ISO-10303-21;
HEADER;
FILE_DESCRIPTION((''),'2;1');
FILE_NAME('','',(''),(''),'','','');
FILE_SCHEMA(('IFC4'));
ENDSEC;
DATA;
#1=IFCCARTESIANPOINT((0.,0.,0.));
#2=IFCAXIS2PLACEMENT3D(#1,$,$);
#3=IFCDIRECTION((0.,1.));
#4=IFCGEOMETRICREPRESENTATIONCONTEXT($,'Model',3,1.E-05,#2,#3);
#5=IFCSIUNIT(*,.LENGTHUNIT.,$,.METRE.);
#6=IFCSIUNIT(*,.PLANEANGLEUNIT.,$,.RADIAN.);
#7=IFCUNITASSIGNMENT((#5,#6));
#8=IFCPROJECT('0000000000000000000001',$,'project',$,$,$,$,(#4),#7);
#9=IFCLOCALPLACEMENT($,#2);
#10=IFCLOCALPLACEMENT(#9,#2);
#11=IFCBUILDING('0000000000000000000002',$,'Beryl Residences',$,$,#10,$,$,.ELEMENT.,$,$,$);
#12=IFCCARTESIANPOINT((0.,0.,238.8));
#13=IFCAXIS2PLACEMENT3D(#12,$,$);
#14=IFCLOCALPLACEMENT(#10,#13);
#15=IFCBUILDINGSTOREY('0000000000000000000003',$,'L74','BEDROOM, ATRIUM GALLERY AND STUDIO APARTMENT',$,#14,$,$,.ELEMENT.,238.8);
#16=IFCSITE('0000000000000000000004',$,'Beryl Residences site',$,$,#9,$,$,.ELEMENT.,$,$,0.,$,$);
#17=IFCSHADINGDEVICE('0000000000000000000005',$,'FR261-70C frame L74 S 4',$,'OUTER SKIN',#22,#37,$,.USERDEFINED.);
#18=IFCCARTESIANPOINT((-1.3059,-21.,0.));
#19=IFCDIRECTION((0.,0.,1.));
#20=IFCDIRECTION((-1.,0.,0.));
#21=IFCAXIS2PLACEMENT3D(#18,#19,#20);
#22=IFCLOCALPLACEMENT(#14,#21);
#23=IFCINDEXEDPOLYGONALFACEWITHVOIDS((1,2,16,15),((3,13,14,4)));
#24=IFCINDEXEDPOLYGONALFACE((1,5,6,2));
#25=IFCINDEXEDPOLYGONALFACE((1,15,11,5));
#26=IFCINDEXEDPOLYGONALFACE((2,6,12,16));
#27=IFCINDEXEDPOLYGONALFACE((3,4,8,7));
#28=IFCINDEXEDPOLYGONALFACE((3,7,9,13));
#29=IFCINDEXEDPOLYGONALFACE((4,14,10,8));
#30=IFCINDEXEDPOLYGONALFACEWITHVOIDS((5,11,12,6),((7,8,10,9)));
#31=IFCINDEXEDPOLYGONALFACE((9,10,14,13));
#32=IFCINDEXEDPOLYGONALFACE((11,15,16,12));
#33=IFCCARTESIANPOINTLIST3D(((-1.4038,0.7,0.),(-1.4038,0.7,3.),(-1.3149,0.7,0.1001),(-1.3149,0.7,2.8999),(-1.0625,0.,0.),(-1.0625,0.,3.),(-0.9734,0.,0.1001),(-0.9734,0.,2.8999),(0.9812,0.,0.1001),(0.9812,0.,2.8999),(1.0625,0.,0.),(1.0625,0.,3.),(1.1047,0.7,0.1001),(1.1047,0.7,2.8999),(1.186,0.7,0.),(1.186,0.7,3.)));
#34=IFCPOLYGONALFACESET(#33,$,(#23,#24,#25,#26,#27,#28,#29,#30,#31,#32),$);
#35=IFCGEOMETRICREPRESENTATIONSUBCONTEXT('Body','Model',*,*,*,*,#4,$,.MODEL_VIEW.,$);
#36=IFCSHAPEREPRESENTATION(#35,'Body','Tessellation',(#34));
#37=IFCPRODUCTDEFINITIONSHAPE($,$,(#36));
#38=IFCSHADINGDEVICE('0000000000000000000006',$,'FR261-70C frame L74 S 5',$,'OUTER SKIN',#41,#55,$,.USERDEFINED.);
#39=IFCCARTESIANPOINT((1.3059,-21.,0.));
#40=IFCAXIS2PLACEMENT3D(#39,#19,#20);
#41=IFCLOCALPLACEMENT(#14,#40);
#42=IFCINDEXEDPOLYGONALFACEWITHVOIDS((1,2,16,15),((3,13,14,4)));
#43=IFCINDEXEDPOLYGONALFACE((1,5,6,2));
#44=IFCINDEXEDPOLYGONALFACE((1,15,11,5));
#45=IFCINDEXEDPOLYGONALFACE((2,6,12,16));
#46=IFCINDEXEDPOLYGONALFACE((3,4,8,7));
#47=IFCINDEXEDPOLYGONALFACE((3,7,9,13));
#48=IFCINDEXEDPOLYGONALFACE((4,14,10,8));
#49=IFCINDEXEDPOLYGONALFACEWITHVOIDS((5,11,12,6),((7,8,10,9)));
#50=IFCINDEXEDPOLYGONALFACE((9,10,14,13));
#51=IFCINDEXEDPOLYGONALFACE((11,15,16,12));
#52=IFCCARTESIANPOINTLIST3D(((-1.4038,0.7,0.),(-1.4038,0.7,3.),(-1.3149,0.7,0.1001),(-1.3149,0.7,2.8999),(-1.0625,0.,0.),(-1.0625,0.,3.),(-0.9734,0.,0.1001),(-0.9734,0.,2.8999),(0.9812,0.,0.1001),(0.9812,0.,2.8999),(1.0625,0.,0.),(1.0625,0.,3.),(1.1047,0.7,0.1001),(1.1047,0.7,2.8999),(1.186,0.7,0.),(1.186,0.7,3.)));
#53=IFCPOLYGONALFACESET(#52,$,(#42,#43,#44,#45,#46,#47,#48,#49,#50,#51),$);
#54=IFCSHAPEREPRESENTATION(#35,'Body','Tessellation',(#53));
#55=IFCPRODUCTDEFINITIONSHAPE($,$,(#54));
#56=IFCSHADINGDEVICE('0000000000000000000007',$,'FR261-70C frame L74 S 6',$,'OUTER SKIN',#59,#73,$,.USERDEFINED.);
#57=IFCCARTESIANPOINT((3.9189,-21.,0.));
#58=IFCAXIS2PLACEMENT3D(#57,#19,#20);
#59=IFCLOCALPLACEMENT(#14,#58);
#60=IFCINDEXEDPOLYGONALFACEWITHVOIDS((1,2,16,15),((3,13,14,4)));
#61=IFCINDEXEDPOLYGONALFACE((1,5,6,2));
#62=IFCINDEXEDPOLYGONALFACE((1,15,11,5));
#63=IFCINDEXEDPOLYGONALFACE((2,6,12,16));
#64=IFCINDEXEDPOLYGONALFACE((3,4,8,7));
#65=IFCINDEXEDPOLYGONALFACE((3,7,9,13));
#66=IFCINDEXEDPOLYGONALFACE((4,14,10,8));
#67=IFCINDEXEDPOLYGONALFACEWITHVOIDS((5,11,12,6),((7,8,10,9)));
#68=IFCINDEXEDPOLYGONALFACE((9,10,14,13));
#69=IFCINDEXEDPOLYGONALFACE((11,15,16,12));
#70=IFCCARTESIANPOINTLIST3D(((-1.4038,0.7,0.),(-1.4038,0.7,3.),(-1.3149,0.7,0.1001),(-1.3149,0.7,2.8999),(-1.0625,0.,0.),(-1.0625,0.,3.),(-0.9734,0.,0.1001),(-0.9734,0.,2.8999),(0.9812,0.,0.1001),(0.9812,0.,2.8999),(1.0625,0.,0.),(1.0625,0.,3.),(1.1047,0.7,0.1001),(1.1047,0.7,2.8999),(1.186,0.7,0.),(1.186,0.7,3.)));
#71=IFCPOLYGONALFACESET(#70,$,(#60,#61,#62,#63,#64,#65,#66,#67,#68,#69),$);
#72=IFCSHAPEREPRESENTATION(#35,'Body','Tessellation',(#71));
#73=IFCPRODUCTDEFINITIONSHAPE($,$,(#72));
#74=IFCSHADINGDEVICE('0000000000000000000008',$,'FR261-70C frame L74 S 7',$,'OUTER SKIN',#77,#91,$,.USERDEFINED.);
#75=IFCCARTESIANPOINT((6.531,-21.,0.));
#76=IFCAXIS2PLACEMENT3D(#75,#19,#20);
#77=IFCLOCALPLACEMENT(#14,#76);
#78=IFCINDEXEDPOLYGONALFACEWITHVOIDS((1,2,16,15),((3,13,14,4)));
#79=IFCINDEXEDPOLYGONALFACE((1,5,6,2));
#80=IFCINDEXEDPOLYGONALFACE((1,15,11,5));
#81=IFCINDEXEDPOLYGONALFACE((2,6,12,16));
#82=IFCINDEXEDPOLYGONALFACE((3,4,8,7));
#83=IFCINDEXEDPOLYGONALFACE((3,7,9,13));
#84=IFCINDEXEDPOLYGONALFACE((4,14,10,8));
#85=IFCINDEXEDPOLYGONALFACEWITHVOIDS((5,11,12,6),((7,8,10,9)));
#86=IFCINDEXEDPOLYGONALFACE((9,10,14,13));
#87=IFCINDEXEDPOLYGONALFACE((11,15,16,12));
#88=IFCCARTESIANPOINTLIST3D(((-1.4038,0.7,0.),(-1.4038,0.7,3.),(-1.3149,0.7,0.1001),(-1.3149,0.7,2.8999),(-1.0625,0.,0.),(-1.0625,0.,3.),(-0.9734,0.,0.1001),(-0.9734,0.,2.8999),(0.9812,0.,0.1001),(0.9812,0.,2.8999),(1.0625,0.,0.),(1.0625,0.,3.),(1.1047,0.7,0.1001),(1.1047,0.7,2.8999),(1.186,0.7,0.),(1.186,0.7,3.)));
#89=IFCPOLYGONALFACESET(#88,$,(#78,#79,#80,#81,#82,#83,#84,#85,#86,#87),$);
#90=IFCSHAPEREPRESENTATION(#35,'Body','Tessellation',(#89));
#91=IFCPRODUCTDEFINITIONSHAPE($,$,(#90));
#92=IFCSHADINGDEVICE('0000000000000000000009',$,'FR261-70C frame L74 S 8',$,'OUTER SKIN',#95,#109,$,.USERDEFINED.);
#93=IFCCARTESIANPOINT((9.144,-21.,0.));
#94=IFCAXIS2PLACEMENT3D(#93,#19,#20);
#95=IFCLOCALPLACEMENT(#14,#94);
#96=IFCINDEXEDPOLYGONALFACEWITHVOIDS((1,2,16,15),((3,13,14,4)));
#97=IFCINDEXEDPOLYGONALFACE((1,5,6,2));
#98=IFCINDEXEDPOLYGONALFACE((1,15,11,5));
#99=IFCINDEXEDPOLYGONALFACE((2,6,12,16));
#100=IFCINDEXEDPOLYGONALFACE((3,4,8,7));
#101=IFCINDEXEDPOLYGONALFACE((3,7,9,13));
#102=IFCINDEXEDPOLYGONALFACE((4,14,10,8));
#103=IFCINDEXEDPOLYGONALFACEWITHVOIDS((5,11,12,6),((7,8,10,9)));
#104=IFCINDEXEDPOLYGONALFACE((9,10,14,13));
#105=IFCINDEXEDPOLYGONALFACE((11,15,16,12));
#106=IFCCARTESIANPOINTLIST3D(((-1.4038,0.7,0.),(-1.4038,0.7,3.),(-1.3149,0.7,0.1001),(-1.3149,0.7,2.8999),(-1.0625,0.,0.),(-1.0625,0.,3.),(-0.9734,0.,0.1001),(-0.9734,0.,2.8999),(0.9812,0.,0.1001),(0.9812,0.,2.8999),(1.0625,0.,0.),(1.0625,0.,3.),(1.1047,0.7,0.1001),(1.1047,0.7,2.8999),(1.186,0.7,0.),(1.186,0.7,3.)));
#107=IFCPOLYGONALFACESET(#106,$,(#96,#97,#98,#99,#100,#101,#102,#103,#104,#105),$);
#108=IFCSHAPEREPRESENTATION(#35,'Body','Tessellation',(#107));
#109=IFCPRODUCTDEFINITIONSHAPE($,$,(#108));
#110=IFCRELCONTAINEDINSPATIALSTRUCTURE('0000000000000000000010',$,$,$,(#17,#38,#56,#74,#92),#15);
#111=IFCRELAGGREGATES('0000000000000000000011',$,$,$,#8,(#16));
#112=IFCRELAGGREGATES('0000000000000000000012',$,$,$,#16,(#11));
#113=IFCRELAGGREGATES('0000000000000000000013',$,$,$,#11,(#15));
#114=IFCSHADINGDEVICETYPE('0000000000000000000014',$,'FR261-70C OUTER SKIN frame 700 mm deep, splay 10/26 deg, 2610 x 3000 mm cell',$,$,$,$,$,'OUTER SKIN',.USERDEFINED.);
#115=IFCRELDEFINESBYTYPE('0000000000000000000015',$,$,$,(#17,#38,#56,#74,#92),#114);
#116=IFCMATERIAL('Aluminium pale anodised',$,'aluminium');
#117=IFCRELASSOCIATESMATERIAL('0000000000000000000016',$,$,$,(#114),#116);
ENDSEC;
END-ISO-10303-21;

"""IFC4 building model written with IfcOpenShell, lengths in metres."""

from ifc_helpers import new_model, entity, si_unit, direction, frame, origin, place, context, subcontext, project, spatial, source, transform, mapped, material, type_object, type_shapes, element, save


model = new_model("IFC4")

# Units and contexts
model_context = context("Model", 3, precision=1e-05, world=origin(), true_north=direction((0.0, 1.0)))
body_context = subcontext(model_context, "Body", "Model", "MODEL_VIEW")
ifc_project = project(units=[si_unit("LENGTHUNIT", "METRE"), si_unit("PLANEANGLEUNIT", "RADIAN")], contexts=[model_context])

# Site, building, storey
site_placement = place(None, origin())
site = spatial("IfcSite", under=ifc_project, at=site_placement, Name="Beryl Residences site", CompositionType="ELEMENT", RefElevation=0.0)
building_placement = place(site_placement, origin())
building = spatial("IfcBuilding", under=site, at=building_placement, Name="Beryl Residences", CompositionType="ELEMENT")
storey_placement = place(building_placement, frame((0.0, 0.0, 238.8)))
storey = spatial("IfcBuildingStorey", under=building, at=storey_placement, Name="L74", Description="BEDROOM, ATRIUM GALLERY AND STUDIO APARTMENT", CompositionType="ELEMENT", Elevation=238.8)

# Shading devices
ifc_material_1 = material(Name="Aluminium pale anodised", Category="aluminium")
shading_device_type = type_object("IfcShadingDeviceType", Name="FR261-70C OUTER SKIN frame 700 mm deep, splay 10/26 deg, 2610 x 3000 mm cell", ElementType="OUTER SKIN", PredefinedType="USERDEFINED", material=ifc_material_1)
cartesian_point_1 = entity("IfcCartesianPoint", [-1.0625, 0.0])
cartesian_point_2 = entity("IfcCartesianPoint", [-0.9812, 0.1001])
cartesian_point_3 = entity("IfcCartesianPoint", [-1.186, 0.0])
cartesian_point_4 = entity("IfcCartesianPoint", [-1.1047, 0.1001])
shared_shape_1 = source(origin(), body_context, "Body", "SweptSolid", [
    entity("IfcExtrudedAreaSolidTapered", entity("IfcArbitraryProfileDefWithVoids", "AREA", None, entity("IfcPolyline", [cartesian_point_1, entity("IfcCartesianPoint", [1.0625, 0.0]), entity("IfcCartesianPoint", [1.0625, 3.0]), entity("IfcCartesianPoint", [-1.0625, 3.0]), cartesian_point_1]), [entity("IfcPolyline", [cartesian_point_2, entity("IfcCartesianPoint", [0.9734, 0.1001]), entity("IfcCartesianPoint", [0.9734, 2.8999]), entity("IfcCartesianPoint", [-0.9812, 2.8999]), cartesian_point_2])]), entity("IfcAxis2Placement3D", entity("IfcCartesianPoint", [0.0, 0.0, 0.0]), entity("IfcDirection", [0.0, 1.0, 0.0]), entity("IfcDirection", [-1.0, 0.0, 0.0])), entity("IfcDirection", [0.0, 0.0, 1.0]), 0.7, entity("IfcArbitraryProfileDefWithVoids", "AREA", None, entity("IfcPolyline", [cartesian_point_3, entity("IfcCartesianPoint", [1.4038, 0.0]), entity("IfcCartesianPoint", [1.4038, 3.0]), entity("IfcCartesianPoint", [-1.186, 3.0]), cartesian_point_3]), [entity("IfcPolyline", [cartesian_point_4, entity("IfcCartesianPoint", [1.3149, 0.1001]), entity("IfcCartesianPoint", [1.3149, 2.8999]), entity("IfcCartesianPoint", [-1.1047, 2.8999]), cartesian_point_4])])),
])
type_shapes(shading_device_type, [shared_shape_1])
for number, where, z_axis, x_axis, name in (
    (1, (-1.3059, -21.0, 0.0), (0.0, 0.0, 1.0), (-1.0, 0.0, 0.0), "FR261-70C frame L74 S 4"),
    (2, (1.3059, -21.0, 0.0), (0.0, 0.0, 1.0), (-1.0, 0.0, 0.0), "FR261-70C frame L74 S 5"),
    (3, (3.9189, -21.0, 0.0), (0.0, 0.0, 1.0), (-1.0, 0.0, 0.0), "FR261-70C frame L74 S 6"),
    (4, (6.531, -21.0, 0.0), (0.0, 0.0, 1.0), (-1.0, 0.0, 0.0), "FR261-70C frame L74 S 7"),
    (5, (9.144, -21.0, 0.0), (0.0, 0.0, 1.0), (-1.0, 0.0, 0.0), "FR261-70C frame L74 S 8"),
):
    element("IfcShadingDevice", number, at=place(storey_placement, frame(where, z_axis=z_axis, x_axis=x_axis)), inside=storey, type_object=shading_device_type, Name=name, ObjectType="OUTER SKIN", PredefinedType="USERDEFINED", context=body_context, shape_type="MappedRepresentation", body=[
        mapped(shared_shape_1, transform((0.0, 0.0, 0.0))),
    ])

save(model, "model.ifc")
